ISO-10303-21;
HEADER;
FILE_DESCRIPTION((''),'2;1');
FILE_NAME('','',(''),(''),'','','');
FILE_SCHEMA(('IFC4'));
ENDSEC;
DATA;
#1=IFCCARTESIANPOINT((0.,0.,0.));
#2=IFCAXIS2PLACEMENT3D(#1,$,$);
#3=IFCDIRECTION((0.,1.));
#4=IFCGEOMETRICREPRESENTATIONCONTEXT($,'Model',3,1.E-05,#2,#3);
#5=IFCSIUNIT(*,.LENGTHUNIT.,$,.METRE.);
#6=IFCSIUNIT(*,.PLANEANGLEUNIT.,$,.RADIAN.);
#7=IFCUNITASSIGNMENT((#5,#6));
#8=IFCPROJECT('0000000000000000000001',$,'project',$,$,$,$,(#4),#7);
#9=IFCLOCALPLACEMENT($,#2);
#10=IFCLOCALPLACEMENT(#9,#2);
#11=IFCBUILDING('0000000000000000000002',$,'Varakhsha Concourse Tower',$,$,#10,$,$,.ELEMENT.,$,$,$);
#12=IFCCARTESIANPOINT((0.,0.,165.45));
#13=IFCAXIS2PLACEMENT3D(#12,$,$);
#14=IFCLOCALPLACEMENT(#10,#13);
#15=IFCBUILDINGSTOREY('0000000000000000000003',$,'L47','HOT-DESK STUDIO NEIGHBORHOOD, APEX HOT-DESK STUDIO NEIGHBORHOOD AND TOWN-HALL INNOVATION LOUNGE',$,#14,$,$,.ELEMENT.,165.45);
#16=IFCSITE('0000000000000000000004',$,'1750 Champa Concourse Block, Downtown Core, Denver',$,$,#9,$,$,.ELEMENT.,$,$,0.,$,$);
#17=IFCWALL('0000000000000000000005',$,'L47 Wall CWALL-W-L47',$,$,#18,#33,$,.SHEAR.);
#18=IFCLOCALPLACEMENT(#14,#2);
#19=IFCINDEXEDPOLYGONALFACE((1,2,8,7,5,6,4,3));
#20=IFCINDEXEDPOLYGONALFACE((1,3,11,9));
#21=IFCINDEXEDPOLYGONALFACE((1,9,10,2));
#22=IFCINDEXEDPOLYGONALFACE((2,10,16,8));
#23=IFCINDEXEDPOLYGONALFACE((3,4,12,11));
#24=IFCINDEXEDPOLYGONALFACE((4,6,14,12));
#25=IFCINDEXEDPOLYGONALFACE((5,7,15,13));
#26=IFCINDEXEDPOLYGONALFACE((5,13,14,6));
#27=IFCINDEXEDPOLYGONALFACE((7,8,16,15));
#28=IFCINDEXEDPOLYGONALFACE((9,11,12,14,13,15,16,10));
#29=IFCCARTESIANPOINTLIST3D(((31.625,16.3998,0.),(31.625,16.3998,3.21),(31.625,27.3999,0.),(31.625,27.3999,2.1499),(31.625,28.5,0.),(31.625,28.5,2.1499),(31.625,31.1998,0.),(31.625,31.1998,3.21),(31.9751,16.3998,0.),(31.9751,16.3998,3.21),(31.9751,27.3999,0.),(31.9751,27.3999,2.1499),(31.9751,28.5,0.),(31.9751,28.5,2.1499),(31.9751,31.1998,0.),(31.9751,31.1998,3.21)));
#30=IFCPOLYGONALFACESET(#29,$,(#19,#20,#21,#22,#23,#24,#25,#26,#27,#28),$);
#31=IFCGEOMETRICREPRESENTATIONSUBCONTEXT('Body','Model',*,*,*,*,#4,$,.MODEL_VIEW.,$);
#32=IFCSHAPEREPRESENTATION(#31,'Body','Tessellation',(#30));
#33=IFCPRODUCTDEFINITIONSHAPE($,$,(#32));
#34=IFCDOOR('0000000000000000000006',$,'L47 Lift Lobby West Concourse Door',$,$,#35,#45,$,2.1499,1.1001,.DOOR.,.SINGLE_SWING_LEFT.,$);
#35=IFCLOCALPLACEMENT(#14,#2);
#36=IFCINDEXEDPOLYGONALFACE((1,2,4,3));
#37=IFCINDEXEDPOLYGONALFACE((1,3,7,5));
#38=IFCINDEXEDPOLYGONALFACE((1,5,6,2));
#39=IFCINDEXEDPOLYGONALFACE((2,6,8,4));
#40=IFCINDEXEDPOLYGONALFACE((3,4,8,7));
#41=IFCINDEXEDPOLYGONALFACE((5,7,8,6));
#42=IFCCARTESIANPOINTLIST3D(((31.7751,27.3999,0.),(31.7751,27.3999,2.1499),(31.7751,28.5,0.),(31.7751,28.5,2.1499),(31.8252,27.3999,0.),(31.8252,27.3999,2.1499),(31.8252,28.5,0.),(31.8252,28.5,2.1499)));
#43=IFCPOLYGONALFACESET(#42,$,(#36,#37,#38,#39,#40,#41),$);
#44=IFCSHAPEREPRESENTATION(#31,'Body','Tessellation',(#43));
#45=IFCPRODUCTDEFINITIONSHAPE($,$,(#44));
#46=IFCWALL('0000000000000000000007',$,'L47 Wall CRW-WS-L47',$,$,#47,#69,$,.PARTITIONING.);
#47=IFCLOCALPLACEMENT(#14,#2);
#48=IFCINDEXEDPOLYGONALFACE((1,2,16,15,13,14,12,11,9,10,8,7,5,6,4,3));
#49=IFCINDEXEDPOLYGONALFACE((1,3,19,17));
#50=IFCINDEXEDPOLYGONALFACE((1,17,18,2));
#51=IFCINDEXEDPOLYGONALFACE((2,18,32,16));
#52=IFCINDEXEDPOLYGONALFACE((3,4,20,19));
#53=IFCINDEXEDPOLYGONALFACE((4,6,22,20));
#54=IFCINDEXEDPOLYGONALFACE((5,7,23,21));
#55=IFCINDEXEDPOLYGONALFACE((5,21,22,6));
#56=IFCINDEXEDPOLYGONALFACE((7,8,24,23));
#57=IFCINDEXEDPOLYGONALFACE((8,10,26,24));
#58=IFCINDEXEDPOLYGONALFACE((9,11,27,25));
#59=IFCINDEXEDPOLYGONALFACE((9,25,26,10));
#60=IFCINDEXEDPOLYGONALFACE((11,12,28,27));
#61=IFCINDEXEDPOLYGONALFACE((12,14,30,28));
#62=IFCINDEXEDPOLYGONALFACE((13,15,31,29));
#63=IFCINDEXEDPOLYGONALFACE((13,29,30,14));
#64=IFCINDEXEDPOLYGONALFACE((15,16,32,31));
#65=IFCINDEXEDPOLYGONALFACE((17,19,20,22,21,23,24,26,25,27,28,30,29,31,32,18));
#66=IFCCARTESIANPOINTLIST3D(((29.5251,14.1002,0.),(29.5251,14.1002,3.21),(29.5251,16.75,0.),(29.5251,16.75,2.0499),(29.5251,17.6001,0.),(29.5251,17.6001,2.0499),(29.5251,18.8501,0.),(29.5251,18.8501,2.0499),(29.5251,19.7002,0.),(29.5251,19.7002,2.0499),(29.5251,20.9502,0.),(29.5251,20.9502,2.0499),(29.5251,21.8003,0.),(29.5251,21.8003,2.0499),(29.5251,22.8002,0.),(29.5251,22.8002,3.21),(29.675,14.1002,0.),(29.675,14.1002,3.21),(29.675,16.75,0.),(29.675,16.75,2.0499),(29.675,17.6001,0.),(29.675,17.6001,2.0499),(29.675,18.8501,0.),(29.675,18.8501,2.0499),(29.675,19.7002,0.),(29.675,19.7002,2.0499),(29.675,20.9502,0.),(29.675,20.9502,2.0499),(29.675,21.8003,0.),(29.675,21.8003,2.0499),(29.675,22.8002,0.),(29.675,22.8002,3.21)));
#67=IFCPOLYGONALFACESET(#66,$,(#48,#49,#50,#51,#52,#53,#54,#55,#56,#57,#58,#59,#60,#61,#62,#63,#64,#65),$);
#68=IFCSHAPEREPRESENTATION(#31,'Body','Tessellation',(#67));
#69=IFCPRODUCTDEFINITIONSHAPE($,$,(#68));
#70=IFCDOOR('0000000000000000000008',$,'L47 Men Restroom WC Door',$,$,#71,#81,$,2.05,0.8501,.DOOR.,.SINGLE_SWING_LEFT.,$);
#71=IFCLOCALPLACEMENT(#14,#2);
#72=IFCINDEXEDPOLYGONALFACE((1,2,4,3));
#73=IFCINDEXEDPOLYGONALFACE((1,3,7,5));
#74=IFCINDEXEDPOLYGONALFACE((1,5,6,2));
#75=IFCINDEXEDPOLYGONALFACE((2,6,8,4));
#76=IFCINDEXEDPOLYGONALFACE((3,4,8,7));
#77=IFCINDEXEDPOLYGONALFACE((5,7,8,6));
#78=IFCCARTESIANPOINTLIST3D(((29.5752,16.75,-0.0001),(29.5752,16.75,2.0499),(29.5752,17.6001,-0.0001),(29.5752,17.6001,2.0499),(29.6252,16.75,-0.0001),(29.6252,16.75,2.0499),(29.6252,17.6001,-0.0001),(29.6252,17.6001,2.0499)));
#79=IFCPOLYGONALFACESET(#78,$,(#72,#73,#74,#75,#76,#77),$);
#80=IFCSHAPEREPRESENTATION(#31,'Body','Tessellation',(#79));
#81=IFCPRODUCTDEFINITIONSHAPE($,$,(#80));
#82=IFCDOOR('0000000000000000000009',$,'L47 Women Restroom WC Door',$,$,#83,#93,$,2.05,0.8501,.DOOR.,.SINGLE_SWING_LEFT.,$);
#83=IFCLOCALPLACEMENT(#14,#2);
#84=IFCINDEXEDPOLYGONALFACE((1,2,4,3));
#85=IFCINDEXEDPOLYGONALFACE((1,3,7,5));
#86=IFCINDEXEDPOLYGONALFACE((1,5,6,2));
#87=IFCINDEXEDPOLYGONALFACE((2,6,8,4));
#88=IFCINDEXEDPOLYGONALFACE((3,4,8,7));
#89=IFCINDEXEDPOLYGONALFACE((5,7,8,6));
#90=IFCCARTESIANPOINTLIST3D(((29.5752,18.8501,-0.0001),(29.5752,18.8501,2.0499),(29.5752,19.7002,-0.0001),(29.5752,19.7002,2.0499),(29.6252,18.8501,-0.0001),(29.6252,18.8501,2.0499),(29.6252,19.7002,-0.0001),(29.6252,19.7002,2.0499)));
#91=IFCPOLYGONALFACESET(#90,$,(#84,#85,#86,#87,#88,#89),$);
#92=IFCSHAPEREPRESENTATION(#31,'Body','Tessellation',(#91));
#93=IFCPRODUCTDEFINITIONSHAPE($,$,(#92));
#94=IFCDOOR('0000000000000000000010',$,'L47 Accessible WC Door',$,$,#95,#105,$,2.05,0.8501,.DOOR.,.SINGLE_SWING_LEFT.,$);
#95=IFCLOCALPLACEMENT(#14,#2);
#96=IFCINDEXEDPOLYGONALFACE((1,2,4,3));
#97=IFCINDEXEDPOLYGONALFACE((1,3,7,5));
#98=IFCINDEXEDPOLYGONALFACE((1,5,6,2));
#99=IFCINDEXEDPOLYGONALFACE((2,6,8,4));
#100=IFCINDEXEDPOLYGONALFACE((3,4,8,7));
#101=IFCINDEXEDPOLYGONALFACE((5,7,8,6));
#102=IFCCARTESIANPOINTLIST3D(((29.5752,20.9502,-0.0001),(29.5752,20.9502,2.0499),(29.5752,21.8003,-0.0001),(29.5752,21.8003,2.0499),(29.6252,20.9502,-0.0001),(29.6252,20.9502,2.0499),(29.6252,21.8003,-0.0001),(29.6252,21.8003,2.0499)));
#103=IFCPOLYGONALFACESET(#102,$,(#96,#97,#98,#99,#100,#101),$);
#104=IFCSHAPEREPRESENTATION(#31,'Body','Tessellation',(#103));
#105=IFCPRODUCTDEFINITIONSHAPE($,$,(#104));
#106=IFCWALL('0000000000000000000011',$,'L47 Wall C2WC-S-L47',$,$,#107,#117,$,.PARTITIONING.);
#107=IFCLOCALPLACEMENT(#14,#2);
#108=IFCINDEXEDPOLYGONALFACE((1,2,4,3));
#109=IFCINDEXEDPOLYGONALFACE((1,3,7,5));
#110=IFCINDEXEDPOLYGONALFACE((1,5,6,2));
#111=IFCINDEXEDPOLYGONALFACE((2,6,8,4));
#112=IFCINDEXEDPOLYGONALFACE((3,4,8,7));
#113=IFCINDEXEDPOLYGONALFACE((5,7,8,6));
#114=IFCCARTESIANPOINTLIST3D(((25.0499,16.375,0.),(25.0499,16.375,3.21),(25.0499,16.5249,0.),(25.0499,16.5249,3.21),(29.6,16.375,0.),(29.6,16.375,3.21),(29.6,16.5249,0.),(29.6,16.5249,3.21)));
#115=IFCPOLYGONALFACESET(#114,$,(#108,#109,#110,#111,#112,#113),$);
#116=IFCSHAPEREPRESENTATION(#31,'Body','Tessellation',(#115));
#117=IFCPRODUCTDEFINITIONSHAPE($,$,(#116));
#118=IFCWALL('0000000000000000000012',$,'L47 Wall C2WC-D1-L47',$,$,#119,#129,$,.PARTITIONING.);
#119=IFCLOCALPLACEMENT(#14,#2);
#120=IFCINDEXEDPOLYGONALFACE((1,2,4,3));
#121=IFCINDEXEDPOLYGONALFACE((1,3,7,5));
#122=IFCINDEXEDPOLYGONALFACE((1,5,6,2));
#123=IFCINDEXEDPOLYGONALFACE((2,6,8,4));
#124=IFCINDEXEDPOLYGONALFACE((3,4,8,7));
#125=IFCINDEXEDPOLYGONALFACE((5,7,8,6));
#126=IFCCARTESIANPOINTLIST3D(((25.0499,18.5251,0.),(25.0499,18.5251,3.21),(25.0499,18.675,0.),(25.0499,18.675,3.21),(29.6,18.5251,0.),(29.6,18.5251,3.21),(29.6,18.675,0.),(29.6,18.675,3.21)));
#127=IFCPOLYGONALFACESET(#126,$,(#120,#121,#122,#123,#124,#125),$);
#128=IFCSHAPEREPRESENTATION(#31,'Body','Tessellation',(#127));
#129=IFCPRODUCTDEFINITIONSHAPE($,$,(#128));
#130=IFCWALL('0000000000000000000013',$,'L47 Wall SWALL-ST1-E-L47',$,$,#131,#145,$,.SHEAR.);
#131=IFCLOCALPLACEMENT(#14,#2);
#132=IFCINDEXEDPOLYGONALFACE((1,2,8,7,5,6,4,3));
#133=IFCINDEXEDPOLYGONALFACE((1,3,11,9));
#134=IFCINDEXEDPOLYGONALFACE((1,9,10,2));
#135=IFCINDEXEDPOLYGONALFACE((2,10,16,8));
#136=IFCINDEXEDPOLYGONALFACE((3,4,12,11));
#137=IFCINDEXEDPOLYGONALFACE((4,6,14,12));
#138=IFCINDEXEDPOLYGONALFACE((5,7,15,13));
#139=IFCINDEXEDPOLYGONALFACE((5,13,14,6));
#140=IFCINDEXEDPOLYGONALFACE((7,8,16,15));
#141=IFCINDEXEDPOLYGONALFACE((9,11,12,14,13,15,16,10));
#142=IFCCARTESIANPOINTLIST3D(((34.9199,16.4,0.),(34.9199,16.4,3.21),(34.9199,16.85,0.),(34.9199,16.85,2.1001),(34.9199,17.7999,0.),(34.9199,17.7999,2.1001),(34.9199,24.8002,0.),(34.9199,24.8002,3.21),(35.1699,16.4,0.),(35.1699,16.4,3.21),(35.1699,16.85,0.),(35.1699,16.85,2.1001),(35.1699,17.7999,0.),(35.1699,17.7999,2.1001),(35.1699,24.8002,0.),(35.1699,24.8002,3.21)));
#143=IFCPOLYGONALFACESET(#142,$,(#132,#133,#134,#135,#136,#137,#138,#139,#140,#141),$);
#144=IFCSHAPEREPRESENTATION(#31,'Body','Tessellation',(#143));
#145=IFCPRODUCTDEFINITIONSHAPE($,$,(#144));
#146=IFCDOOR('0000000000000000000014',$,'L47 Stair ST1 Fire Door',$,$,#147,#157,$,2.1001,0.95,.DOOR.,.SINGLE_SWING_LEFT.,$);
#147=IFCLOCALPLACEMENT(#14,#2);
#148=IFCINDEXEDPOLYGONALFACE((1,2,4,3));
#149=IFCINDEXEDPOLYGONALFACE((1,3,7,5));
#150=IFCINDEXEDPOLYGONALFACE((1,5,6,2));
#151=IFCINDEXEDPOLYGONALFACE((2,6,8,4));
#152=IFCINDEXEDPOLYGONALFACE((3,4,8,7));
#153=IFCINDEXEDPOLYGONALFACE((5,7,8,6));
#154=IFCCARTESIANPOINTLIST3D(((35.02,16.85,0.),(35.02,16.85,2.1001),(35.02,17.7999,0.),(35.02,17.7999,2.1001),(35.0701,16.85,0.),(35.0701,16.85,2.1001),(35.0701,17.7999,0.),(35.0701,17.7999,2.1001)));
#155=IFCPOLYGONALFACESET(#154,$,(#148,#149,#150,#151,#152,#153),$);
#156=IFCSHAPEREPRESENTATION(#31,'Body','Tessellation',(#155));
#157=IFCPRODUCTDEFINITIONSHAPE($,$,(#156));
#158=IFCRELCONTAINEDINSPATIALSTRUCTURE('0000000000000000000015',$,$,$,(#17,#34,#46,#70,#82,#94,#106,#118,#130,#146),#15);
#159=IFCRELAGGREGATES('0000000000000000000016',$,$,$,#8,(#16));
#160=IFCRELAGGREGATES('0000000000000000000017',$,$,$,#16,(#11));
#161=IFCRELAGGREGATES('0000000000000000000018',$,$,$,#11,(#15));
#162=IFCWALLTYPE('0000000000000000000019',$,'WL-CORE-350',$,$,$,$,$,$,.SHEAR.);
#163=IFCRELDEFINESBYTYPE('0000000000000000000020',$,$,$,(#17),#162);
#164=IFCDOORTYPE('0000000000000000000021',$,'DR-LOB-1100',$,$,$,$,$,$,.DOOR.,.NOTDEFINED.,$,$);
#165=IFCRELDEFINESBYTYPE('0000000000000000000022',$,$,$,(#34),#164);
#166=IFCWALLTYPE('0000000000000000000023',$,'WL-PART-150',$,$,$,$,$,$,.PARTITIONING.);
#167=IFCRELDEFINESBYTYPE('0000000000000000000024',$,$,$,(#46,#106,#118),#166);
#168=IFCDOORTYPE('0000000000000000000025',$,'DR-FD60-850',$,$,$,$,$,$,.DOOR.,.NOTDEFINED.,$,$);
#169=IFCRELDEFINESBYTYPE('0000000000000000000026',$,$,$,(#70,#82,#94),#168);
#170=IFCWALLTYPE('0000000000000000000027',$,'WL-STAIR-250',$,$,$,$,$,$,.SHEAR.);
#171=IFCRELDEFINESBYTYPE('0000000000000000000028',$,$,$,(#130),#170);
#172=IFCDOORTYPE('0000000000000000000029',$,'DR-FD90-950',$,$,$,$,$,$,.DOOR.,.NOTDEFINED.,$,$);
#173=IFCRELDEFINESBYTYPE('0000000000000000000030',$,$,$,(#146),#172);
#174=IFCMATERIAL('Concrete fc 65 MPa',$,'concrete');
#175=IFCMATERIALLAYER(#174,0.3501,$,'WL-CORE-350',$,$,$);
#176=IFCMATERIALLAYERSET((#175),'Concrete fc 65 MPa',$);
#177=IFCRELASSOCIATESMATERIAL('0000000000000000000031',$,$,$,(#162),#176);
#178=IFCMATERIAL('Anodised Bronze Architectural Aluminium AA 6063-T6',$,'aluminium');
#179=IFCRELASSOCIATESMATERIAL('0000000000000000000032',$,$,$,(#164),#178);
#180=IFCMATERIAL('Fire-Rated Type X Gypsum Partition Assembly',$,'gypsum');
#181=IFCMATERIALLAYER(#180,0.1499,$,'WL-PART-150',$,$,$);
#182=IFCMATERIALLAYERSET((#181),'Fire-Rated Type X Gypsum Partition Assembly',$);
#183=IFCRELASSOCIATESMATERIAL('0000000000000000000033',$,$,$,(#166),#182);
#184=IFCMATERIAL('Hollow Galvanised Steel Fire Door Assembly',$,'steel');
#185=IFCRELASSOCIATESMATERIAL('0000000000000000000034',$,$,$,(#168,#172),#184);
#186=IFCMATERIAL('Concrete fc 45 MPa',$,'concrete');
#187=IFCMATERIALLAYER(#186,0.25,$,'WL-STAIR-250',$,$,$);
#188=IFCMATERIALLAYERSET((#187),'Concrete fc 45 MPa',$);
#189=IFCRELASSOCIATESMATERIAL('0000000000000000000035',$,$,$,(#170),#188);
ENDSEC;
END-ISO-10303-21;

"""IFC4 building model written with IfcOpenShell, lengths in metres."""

from ifc_helpers import new_model, si_unit, direction, frame, frame_2d, origin, place, context, subcontext, project, spatial, rectangle, extrude, material, layer, layer_set, type_object, element, fill, save


model = new_model("IFC4")

# Units and contexts
model_context = context("Model", 3, precision=1e-05, world=origin(), true_north=direction((0.0, 1.0)))
body_context = subcontext(model_context, "Body", "Model", "MODEL_VIEW")
ifc_project = project(units=[si_unit("LENGTHUNIT", "METRE"), si_unit("PLANEANGLEUNIT", "RADIAN")], contexts=[model_context])

# Site, building, storey
site_placement = place(None, origin())
site = spatial("IfcSite", under=ifc_project, at=site_placement, Name="1750 Champa Concourse Block, Downtown Core, Denver", CompositionType="ELEMENT", RefElevation=0.0)
building_placement = place(site_placement, origin())
building = spatial("IfcBuilding", under=site, at=building_placement, Name="Varakhsha Concourse Tower", CompositionType="ELEMENT")
storey_placement = place(building_placement, frame((0.0, 0.0, 165.45)))
storey = spatial("IfcBuildingStorey", under=building, at=storey_placement, Name="L47", Description="HOT-DESK STUDIO NEIGHBORHOOD, APEX HOT-DESK STUDIO NEIGHBORHOOD AND TOWN-HALL INNOVATION LOUNGE", CompositionType="ELEMENT", Elevation=165.45)

# Shared definitions
ifc_material_1 = material(Name="Concrete fc 65 MPa", Category="concrete")

# Shared definitions
ifc_layer_1 = layer(ifc_material_1, 0.3501, Name="WL-CORE-350")
ifc_layer_set_1 = layer_set([ifc_layer_1], Name="Concrete fc 65 MPa")
wall_type_1 = type_object("IfcWallType", Name="WL-CORE-350", PredefinedType="SHEAR", material=ifc_layer_set_1)
ifc_material_2 = material(Name="Hollow Galvanised Steel Fire Door Assembly", Category="steel")

# Wall, opening, door
wall_1_placement = place(storey_placement, frame((31.8, 16.3999, 0.0), z_axis=(0.0, 0.0, 1.0), x_axis=(0.0, 1.0, 0.0)))
wall_1 = element("IfcWall", 1, at=wall_1_placement, inside=storey, type_object=wall_type_1, Name="L47 Wall CWALL-W-L47", PredefinedType="SHEAR", context=body_context, shape_type="SweptSolid", body=[
    extrude(rectangle(XDim=14.8, YDim=0.3501, at=frame_2d((7.3999, 0.0))), origin(), (0.0, 0.0, 1.0), 3.21),
])
opening_1_placement = place(wall_1_placement, frame((11.0, 0.0, 0.0)))
opening_1 = element("IfcOpeningElement", 2, at=opening_1_placement, cuts=wall_1, PredefinedType="OPENING", context=body_context, shape_type="SweptSolid", body=[
    extrude(rectangle(XDim=1.1001, YDim=2.1499, at=frame_2d((0.55, 1.075))), frame((0.0, 0.1851, 0.0), z_axis=(0.0, -1.0, 0.0), x_axis=(1.0, 0.0, 0.0)), (0.0, 0.0, 1.0), 0.3701),
])
ifc_material_3 = material(Name="Anodised Bronze Architectural Aluminium AA 6063-T6", Category="aluminium")
door_type_1 = type_object("IfcDoorType", Name="DR-LOB-1100", OperationType="NOTDEFINED", PredefinedType="DOOR", material=ifc_material_3)
door_1_placement = place(opening_1_placement, origin())
door_1 = element("IfcDoor", 3, at=door_1_placement, inside=storey, type_object=door_type_1, Name="L47 Lift Lobby West Concourse Door", OperationType="SINGLE_SWING_LEFT", OverallHeight=2.1499, OverallWidth=1.1001, PredefinedType="DOOR", context=body_context, shape_type="SweptSolid", body=[
    extrude(rectangle(XDim=1.1001, YDim=2.1499, at=frame_2d((0.55, 1.075))), frame((0.0, 0.0249, 0.0), z_axis=(0.0, -1.0, 0.0), x_axis=(1.0, 0.0, 0.0)), (0.0, 0.0, 1.0), 0.05),
])
fill(opening_1, door_1)

# Wall, openings, doors
ifc_material_4 = material(Name="Fire-Rated Type X Gypsum Partition Assembly", Category="gypsum")
ifc_layer_2 = layer(ifc_material_4, 0.1499, Name="WL-PART-150")
ifc_layer_set_2 = layer_set([ifc_layer_2], Name="Fire-Rated Type X Gypsum Partition Assembly")
wall_type_2 = type_object("IfcWallType", Name="WL-PART-150", PredefinedType="PARTITIONING", material=ifc_layer_set_2)
wall_2_placement = place(storey_placement, frame((29.6001, 14.1001, 0.0), z_axis=(0.0, 0.0, 1.0), x_axis=(0.0, 1.0, 0.0)))
wall_2 = element("IfcWall", 4, at=wall_2_placement, inside=storey, type_object=wall_type_2, Name="L47 Wall CRW-WS-L47", PredefinedType="PARTITIONING", context=body_context, shape_type="SweptSolid", body=[
    extrude(rectangle(XDim=8.7, YDim=0.1499, at=frame_2d((4.3501, 0.0))), origin(), (0.0, 0.0, 1.0), 3.21),
])
opening_2_placement = place(wall_2_placement, frame((2.6499, 0.0, 0.0)))
opening_2 = element("IfcOpeningElement", 5, at=opening_2_placement, cuts=wall_2, PredefinedType="OPENING", context=body_context, shape_type="SweptSolid", body=[
    extrude(rectangle(XDim=0.8501, YDim=2.05, at=frame_2d((0.425, 1.0249))), frame((0.0, 0.085, 0.0), z_axis=(0.0, -1.0, 0.0), x_axis=(1.0, 0.0, 0.0)), (0.0, 0.0, 1.0), 0.1699),
])
opening_3_placement = place(wall_2_placement, frame((4.75, 0.0, 0.0)))
opening_3 = element("IfcOpeningElement", 6, at=opening_3_placement, cuts=wall_2, PredefinedType="OPENING", context=body_context, shape_type="SweptSolid", body=[
    extrude(rectangle(XDim=0.8501, YDim=2.05, at=frame_2d((0.425, 1.0249))), frame((0.0, 0.085, 0.0), z_axis=(0.0, -1.0, 0.0), x_axis=(1.0, 0.0, 0.0)), (0.0, 0.0, 1.0), 0.1699),
])
opening_4_placement = place(wall_2_placement, frame((6.8501, 0.0, 0.0)))
opening_4 = element("IfcOpeningElement", 7, at=opening_4_placement, cuts=wall_2, PredefinedType="OPENING", context=body_context, shape_type="SweptSolid", body=[
    extrude(rectangle(XDim=0.8501, YDim=2.05, at=frame_2d((0.425, 1.0249))), frame((0.0, 0.085, 0.0), z_axis=(0.0, -1.0, 0.0), x_axis=(1.0, 0.0, 0.0)), (0.0, 0.0, 1.0), 0.1699),
])
door_type_2 = type_object("IfcDoorType", Name="DR-FD60-850", OperationType="NOTDEFINED", PredefinedType="DOOR", material=ifc_material_2)
door_2_placement = place(opening_2_placement, origin())
door_2 = element("IfcDoor", 8, at=door_2_placement, inside=storey, type_object=door_type_2, Name="L47 Men Restroom WC Door", OperationType="SINGLE_SWING_LEFT", OverallHeight=2.05, OverallWidth=0.8501, PredefinedType="DOOR", context=body_context, shape_type="SweptSolid", body=[
    extrude(rectangle(XDim=0.8501, YDim=2.05, at=frame_2d((0.425, 1.0249))), frame((0.0, 0.0249, 0.0), z_axis=(0.0, -1.0, 0.0), x_axis=(1.0, 0.0, 0.0)), (0.0, 0.0, 1.0), 0.05),
])
fill(opening_2, door_2)
door_3_placement = place(opening_3_placement, origin())
door_3 = element("IfcDoor", 9, at=door_3_placement, inside=storey, type_object=door_type_2, Name="L47 Women Restroom WC Door", OperationType="SINGLE_SWING_LEFT", OverallHeight=2.05, OverallWidth=0.8501, PredefinedType="DOOR", context=body_context, shape_type="SweptSolid", body=[
    extrude(rectangle(XDim=0.8501, YDim=2.05, at=frame_2d((0.425, 1.0249))), frame((0.0, 0.0249, 0.0), z_axis=(0.0, -1.0, 0.0), x_axis=(1.0, 0.0, 0.0)), (0.0, 0.0, 1.0), 0.05),
])
fill(opening_3, door_3)
door_4_placement = place(opening_4_placement, origin())
door_4 = element("IfcDoor", 10, at=door_4_placement, inside=storey, type_object=door_type_2, Name="L47 Accessible WC Door", OperationType="SINGLE_SWING_LEFT", OverallHeight=2.05, OverallWidth=0.8501, PredefinedType="DOOR", context=body_context, shape_type="SweptSolid", body=[
    extrude(rectangle(XDim=0.8501, YDim=2.05, at=frame_2d((0.425, 1.0249))), frame((0.0, 0.0249, 0.0), z_axis=(0.0, -1.0, 0.0), x_axis=(1.0, 0.0, 0.0)), (0.0, 0.0, 1.0), 0.05),
])
fill(opening_4, door_4)

# Walls
for number, where, z_axis, x_axis, name in (
    (11, (25.05, 16.45, 0.0), (0.0, 0.0, 1.0), (1.0, 0.0, 0.0), "L47 Wall C2WC-S-L47"),
    (12, (25.05, 18.6001, 0.0), (0.0, 0.0, 1.0), (1.0, 0.0, 0.0), "L47 Wall C2WC-D1-L47"),
):
    element("IfcWall", number, at=place(storey_placement, frame(where, z_axis=z_axis, x_axis=x_axis)), inside=storey, type_object=wall_type_2, Name=name, PredefinedType="PARTITIONING", context=body_context, shape_type="SweptSolid", body=[
        extrude(rectangle(XDim=4.55, YDim=0.1499, at=frame_2d((2.2749, 0.0))), origin(), (0.0, 0.0, 1.0), 3.21),
    ])

# Wall, opening, door
ifc_material_5 = material(Name="Concrete fc 45 MPa", Category="concrete")
ifc_layer_3 = layer(ifc_material_5, 0.25, Name="WL-STAIR-250")
ifc_layer_set_3 = layer_set([ifc_layer_3], Name="Concrete fc 45 MPa")
wall_type_3 = type_object("IfcWallType", Name="WL-STAIR-250", PredefinedType="SHEAR", material=ifc_layer_set_3)
wall_3_placement = place(storey_placement, frame((35.0449, 16.3999, 0.0), z_axis=(0.0, 0.0, 1.0), x_axis=(0.0, 1.0, 0.0)))
wall_3 = element("IfcWall", 13, at=wall_3_placement, inside=storey, type_object=wall_type_3, Name="L47 Wall SWALL-ST1-E-L47", PredefinedType="SHEAR", context=body_context, shape_type="SweptSolid", body=[
    extrude(rectangle(XDim=8.4001, YDim=0.25, at=frame_2d((4.2002, 0.0))), origin(), (0.0, 0.0, 1.0), 3.21),
])
opening_5_placement = place(wall_3_placement, frame((0.45, 0.0, 0.0)))
opening_5 = element("IfcOpeningElement", 14, at=opening_5_placement, cuts=wall_3, PredefinedType="OPENING", context=body_context, shape_type="SweptSolid", body=[
    extrude(rectangle(XDim=0.95, YDim=2.1001, at=frame_2d((0.4751, 1.05))), frame((0.0, 0.135, 0.0), z_axis=(0.0, -1.0, 0.0), x_axis=(1.0, 0.0, 0.0)), (0.0, 0.0, 1.0), 0.27),
])
door_type_3 = type_object("IfcDoorType", Name="DR-FD90-950", OperationType="NOTDEFINED", PredefinedType="DOOR", material=ifc_material_2)
door_5_placement = place(opening_5_placement, origin())
door_5 = element("IfcDoor", 15, at=door_5_placement, inside=storey, type_object=door_type_3, Name="L47 Stair ST1 Fire Door", OperationType="SINGLE_SWING_LEFT", OverallHeight=2.1001, OverallWidth=0.95, PredefinedType="DOOR", context=body_context, shape_type="SweptSolid", body=[
    extrude(rectangle(XDim=0.95, YDim=2.1001, at=frame_2d((0.4751, 1.05))), frame((0.0, 0.0249, 0.0), z_axis=(0.0, -1.0, 0.0), x_axis=(1.0, 0.0, 0.0)), (0.0, 0.0, 1.0), 0.05),
])
fill(opening_5, door_5)

save(model, "model.ifc")
